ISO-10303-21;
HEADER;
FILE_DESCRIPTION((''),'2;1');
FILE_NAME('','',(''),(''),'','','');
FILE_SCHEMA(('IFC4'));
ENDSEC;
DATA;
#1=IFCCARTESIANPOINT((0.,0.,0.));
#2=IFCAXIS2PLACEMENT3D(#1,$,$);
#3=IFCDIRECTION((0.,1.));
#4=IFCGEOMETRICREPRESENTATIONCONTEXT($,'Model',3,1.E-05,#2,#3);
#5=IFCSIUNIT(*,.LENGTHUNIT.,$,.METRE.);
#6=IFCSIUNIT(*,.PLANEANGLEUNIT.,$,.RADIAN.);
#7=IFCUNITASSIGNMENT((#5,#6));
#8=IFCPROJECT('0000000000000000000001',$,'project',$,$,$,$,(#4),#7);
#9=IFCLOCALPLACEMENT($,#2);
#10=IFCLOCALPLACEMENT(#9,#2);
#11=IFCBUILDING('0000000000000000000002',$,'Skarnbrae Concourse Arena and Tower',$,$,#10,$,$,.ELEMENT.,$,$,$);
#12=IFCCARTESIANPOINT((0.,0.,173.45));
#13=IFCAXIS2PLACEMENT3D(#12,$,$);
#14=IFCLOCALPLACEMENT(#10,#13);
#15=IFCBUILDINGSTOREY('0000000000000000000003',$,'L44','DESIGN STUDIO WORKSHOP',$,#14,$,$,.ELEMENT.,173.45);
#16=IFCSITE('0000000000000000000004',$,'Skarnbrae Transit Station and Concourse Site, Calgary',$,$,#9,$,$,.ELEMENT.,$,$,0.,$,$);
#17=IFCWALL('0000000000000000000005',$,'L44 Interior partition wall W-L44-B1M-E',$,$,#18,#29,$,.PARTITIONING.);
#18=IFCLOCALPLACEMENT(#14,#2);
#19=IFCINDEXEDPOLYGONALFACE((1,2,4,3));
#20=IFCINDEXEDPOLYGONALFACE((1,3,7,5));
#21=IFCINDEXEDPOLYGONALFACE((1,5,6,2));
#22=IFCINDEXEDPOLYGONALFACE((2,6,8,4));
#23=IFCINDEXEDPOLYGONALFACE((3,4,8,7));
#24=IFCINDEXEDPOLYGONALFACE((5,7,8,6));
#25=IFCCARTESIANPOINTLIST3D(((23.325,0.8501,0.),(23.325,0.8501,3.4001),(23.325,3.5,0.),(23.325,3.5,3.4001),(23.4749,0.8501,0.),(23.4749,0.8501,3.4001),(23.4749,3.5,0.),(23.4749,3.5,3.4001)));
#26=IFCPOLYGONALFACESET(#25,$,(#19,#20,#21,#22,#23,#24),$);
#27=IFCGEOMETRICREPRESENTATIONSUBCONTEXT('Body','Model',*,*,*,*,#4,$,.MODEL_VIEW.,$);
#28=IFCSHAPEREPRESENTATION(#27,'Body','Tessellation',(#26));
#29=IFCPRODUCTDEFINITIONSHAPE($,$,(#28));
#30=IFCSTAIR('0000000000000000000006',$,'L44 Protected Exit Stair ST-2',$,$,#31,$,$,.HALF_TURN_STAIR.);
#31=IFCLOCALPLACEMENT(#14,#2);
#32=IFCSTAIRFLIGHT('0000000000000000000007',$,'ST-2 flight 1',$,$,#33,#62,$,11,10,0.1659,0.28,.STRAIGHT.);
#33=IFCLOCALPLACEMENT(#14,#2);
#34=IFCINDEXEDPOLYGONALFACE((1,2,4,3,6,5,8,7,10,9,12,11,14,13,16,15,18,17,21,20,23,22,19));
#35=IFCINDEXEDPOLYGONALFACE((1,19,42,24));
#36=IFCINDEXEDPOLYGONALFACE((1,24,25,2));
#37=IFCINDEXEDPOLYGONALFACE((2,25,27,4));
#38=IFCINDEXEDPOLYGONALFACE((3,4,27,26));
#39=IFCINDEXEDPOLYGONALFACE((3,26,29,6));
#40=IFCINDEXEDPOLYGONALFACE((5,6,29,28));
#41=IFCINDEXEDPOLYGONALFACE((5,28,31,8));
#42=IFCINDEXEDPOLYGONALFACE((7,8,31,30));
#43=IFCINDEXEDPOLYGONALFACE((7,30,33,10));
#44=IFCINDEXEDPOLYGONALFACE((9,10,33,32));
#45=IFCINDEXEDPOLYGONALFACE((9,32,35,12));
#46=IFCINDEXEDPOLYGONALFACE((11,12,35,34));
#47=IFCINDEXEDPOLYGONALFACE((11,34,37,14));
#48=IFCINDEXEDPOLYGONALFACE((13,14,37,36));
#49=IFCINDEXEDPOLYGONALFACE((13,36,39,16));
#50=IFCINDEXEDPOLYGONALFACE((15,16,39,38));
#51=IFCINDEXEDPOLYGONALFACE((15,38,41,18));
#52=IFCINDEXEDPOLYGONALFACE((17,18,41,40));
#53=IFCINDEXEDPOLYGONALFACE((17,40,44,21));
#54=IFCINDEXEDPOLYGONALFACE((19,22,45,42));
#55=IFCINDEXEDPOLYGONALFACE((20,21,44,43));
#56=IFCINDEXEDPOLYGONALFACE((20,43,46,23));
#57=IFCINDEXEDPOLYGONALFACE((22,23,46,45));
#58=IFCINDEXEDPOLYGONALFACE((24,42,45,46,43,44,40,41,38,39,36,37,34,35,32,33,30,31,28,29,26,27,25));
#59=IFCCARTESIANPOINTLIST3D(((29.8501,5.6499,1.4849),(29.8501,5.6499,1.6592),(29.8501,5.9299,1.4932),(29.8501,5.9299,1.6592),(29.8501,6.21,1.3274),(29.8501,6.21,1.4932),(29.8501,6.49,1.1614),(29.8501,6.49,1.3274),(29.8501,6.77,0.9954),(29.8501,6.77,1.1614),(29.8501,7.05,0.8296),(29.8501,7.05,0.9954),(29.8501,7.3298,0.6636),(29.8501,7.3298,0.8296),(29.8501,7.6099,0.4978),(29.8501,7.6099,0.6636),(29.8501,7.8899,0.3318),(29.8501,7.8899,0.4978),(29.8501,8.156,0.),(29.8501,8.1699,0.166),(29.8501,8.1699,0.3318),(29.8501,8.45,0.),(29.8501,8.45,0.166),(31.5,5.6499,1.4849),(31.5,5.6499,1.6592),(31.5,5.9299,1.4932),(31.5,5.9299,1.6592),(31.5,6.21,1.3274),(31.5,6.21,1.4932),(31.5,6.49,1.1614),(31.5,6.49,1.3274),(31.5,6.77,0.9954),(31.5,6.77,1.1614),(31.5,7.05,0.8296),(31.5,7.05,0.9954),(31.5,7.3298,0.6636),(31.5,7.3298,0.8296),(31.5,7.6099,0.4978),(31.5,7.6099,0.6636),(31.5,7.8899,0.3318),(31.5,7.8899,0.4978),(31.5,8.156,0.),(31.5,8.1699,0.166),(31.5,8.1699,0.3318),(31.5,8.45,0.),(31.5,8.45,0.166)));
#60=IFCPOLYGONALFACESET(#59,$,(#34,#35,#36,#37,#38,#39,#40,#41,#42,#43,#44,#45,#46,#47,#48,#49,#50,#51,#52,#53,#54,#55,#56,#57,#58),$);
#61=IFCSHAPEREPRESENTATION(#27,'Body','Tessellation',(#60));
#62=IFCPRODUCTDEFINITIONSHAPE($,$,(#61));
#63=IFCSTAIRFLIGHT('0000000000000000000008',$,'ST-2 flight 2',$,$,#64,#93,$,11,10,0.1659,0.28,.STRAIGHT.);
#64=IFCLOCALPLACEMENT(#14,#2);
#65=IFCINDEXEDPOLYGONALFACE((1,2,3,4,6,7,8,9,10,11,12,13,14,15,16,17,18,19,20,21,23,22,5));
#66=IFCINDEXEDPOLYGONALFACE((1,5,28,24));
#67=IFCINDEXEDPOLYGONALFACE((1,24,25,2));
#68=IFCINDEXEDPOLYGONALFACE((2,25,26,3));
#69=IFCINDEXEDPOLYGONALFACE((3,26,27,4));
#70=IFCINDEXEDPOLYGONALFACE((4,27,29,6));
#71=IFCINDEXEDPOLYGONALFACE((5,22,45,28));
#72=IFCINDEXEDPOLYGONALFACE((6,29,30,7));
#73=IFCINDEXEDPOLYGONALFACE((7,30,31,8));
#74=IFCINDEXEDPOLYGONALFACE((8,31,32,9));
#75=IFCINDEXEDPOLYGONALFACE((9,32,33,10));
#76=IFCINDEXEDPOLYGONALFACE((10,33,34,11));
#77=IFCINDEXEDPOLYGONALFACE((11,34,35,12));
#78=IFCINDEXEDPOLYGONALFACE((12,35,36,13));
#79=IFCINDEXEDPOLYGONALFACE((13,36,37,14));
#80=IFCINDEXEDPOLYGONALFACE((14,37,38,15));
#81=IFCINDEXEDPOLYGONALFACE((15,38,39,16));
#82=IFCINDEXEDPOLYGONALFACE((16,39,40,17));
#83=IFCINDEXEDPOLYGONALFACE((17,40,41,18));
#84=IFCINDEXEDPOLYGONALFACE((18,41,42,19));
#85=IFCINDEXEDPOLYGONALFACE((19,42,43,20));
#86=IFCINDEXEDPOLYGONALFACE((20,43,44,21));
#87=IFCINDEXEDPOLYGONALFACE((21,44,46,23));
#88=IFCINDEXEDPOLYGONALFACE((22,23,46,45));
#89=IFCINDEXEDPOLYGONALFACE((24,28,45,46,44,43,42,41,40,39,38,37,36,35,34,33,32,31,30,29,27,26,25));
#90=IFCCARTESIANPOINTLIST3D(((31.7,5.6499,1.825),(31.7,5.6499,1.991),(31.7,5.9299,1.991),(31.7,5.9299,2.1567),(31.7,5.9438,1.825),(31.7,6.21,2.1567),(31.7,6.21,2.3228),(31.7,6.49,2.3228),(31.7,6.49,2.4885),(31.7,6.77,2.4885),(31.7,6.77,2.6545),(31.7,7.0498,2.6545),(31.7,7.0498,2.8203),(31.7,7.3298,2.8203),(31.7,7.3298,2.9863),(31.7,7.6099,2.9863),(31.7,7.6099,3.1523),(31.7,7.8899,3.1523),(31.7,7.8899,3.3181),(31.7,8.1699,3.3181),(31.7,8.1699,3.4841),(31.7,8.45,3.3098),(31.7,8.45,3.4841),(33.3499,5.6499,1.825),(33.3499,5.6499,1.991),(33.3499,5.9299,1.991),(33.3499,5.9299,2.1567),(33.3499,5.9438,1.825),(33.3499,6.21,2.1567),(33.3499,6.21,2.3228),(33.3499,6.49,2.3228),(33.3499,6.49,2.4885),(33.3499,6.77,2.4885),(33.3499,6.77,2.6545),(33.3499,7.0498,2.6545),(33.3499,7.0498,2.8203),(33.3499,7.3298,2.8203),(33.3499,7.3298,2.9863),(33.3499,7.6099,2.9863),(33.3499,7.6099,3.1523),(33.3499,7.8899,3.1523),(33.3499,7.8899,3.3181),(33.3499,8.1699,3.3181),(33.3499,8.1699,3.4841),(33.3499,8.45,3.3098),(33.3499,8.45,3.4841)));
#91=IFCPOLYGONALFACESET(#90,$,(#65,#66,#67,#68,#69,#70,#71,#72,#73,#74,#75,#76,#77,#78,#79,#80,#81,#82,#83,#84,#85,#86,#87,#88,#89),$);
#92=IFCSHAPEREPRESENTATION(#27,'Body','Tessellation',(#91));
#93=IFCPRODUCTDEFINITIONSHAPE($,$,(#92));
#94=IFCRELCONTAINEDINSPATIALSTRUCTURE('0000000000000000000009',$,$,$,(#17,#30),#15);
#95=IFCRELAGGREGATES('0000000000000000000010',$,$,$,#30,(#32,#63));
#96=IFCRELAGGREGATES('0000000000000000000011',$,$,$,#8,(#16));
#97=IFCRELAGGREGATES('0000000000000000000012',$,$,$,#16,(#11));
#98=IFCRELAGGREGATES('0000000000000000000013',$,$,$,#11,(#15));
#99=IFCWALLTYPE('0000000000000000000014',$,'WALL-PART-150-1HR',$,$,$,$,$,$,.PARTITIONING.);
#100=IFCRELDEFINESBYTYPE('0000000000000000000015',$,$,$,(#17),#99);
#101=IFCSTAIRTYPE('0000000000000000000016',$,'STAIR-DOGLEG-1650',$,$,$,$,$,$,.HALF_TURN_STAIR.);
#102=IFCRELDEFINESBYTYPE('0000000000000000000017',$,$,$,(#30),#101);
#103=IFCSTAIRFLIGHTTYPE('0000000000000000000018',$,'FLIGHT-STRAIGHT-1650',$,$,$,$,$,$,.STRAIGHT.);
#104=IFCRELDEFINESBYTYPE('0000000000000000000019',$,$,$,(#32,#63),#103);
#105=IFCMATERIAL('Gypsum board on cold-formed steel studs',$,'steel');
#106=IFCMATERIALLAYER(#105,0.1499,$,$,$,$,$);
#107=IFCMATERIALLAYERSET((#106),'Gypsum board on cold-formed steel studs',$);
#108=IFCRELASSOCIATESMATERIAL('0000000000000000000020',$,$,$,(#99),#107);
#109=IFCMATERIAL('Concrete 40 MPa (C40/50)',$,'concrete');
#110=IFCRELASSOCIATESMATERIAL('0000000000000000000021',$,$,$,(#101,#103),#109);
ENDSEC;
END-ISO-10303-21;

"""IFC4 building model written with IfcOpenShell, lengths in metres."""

from ifc_helpers import new_model, si_unit, direction, frame, frame_2d, origin, place, context, subcontext, project, spatial, polyline, rectangle, outline, extrude, source, transform, mapped, material, layer, layer_set, type_object, element, aggregate, save


model = new_model("IFC4")

# Units and contexts
model_context = context("Model", 3, precision=1e-05, world=origin(), true_north=direction((0.0, 1.0)))
body_context = subcontext(model_context, "Body", "Model", "MODEL_VIEW")
ifc_project = project(units=[si_unit("LENGTHUNIT", "METRE"), si_unit("PLANEANGLEUNIT", "RADIAN")], contexts=[model_context])

# Site, building, storey
site_placement = place(None, origin())
site = spatial("IfcSite", under=ifc_project, at=site_placement, Name="Skarnbrae Transit Station and Concourse Site, Calgary", CompositionType="ELEMENT", RefElevation=0.0)
building_placement = place(site_placement, origin())
building = spatial("IfcBuilding", under=site, at=building_placement, Name="Skarnbrae Concourse Arena and Tower", CompositionType="ELEMENT")
storey_placement = place(building_placement, frame((0.0, 0.0, 173.45)))
storey = spatial("IfcBuildingStorey", under=building, at=storey_placement, Name="L44", Description="DESIGN STUDIO WORKSHOP", CompositionType="ELEMENT", Elevation=173.45)

# Shared definitions
ifc_material_1 = material(Name="Gypsum board on cold-formed steel studs", Category="steel")

# Shared definitions
ifc_layer_1 = layer(ifc_material_1, 0.1499)
ifc_layer_set_1 = layer_set([ifc_layer_1], Name="Gypsum board on cold-formed steel studs")
wall_type_1 = type_object("IfcWallType", Name="WALL-PART-150-1HR", PredefinedType="PARTITIONING", material=ifc_layer_set_1)

# Wall
shared_shape_1 = source(origin(), body_context, "Body", "SweptSolid", [
    extrude(rectangle(XDim=2.6499, YDim=0.1499, at=frame_2d((1.325, 0.0))), origin(), (0.0, 0.0, 1.0), 3.4001),
])
wall_1_placement = place(storey_placement, frame((23.3999, 0.8501, 0.0), z_axis=(0.0, 0.0, 1.0), x_axis=(0.0, 1.0, 0.0)))
element("IfcWall", 1, at=wall_1_placement, inside=storey, type_object=wall_type_1, Name="L44 Interior partition wall W-L44-B1M-E", PredefinedType="PARTITIONING", context=body_context, shape_type="MappedRepresentation", body=[
    mapped(shared_shape_1, transform((0.0, 0.0, 0.0))),
])

# Stair, stair flights
ifc_material_2 = material(Name="Concrete 40 MPa (C40/50)", Category="concrete")
stair_type = type_object("IfcStairType", Name="STAIR-DOGLEG-1650", PredefinedType="HALF_TURN_STAIR", material=ifc_material_2)
stair_placement = place(storey_placement, origin())
stair = element("IfcStair", 2, at=stair_placement, inside=storey, type_object=stair_type, Name="L44 Protected Exit Stair ST-2", PredefinedType="HALF_TURN_STAIR")
stair_flight_type = type_object("IfcStairFlightType", Name="FLIGHT-STRAIGHT-1650", PredefinedType="STRAIGHT", material=ifc_material_2)
shared_shape_2 = source(origin(), body_context, "Body", "SweptSolid", [
    extrude(outline(polyline([(0.0, 0.0), (0.0, 0.166), (0.28, 0.166), (0.28, 0.3318), (0.5601, 0.3318), (0.5601, 0.4978), (0.8401, 0.4978), (0.8401, 0.6636), (1.1201, 0.6636), (1.1201, 0.8296), (1.3999, 0.8296), (1.3999, 0.9954), (1.6799, 0.9954), (1.6799, 1.1614), (1.96, 1.1614), (1.96, 1.3274), (2.24, 1.3274), (2.24, 1.4932), (2.52, 1.4932), (2.52, 1.6592), (2.8, 1.6592), (2.8, 1.825), (2.8, 1.4849), (0.2939, 0.0), (0.0, 0.0)])), frame((0.0, 0.825, 0.0), z_axis=(0.0, -1.0, 0.0), x_axis=(1.0, 0.0, 0.0)), (0.0, 0.0, 1.0), 1.6499),
])
stair_flight_1_placement = place(storey_placement, frame((30.675, 8.45, 0.0), z_axis=(0.0, 0.0, 1.0), x_axis=(0.0, -1.0, 0.0)))
stair_flight_1 = element("IfcStairFlight", 3, at=stair_flight_1_placement, type_object=stair_flight_type, Name="ST-2 flight 1", NumberOfRisers=11, NumberOfTreads=10, PredefinedType="STRAIGHT", RiserHeight=0.1659, TreadLength=0.28, context=body_context, shape_type="MappedRepresentation", body=[
    mapped(shared_shape_2, transform((0.0, 0.0, 0.0))),
])
stair_flight_2_placement = place(storey_placement, frame((32.5249, 5.6499, 1.825), z_axis=(0.0, 0.0, 1.0), x_axis=(0.0, 1.0, 0.0)))
stair_flight_2 = element("IfcStairFlight", 4, at=stair_flight_2_placement, type_object=stair_flight_type, Name="ST-2 flight 2", NumberOfRisers=11, NumberOfTreads=10, PredefinedType="STRAIGHT", RiserHeight=0.1659, TreadLength=0.28, context=body_context, shape_type="MappedRepresentation", body=[
    mapped(shared_shape_2, transform((0.0, 0.0, 0.0))),
])
aggregate(stair, [stair_flight_1, stair_flight_2])

save(model, "model.ifc")
